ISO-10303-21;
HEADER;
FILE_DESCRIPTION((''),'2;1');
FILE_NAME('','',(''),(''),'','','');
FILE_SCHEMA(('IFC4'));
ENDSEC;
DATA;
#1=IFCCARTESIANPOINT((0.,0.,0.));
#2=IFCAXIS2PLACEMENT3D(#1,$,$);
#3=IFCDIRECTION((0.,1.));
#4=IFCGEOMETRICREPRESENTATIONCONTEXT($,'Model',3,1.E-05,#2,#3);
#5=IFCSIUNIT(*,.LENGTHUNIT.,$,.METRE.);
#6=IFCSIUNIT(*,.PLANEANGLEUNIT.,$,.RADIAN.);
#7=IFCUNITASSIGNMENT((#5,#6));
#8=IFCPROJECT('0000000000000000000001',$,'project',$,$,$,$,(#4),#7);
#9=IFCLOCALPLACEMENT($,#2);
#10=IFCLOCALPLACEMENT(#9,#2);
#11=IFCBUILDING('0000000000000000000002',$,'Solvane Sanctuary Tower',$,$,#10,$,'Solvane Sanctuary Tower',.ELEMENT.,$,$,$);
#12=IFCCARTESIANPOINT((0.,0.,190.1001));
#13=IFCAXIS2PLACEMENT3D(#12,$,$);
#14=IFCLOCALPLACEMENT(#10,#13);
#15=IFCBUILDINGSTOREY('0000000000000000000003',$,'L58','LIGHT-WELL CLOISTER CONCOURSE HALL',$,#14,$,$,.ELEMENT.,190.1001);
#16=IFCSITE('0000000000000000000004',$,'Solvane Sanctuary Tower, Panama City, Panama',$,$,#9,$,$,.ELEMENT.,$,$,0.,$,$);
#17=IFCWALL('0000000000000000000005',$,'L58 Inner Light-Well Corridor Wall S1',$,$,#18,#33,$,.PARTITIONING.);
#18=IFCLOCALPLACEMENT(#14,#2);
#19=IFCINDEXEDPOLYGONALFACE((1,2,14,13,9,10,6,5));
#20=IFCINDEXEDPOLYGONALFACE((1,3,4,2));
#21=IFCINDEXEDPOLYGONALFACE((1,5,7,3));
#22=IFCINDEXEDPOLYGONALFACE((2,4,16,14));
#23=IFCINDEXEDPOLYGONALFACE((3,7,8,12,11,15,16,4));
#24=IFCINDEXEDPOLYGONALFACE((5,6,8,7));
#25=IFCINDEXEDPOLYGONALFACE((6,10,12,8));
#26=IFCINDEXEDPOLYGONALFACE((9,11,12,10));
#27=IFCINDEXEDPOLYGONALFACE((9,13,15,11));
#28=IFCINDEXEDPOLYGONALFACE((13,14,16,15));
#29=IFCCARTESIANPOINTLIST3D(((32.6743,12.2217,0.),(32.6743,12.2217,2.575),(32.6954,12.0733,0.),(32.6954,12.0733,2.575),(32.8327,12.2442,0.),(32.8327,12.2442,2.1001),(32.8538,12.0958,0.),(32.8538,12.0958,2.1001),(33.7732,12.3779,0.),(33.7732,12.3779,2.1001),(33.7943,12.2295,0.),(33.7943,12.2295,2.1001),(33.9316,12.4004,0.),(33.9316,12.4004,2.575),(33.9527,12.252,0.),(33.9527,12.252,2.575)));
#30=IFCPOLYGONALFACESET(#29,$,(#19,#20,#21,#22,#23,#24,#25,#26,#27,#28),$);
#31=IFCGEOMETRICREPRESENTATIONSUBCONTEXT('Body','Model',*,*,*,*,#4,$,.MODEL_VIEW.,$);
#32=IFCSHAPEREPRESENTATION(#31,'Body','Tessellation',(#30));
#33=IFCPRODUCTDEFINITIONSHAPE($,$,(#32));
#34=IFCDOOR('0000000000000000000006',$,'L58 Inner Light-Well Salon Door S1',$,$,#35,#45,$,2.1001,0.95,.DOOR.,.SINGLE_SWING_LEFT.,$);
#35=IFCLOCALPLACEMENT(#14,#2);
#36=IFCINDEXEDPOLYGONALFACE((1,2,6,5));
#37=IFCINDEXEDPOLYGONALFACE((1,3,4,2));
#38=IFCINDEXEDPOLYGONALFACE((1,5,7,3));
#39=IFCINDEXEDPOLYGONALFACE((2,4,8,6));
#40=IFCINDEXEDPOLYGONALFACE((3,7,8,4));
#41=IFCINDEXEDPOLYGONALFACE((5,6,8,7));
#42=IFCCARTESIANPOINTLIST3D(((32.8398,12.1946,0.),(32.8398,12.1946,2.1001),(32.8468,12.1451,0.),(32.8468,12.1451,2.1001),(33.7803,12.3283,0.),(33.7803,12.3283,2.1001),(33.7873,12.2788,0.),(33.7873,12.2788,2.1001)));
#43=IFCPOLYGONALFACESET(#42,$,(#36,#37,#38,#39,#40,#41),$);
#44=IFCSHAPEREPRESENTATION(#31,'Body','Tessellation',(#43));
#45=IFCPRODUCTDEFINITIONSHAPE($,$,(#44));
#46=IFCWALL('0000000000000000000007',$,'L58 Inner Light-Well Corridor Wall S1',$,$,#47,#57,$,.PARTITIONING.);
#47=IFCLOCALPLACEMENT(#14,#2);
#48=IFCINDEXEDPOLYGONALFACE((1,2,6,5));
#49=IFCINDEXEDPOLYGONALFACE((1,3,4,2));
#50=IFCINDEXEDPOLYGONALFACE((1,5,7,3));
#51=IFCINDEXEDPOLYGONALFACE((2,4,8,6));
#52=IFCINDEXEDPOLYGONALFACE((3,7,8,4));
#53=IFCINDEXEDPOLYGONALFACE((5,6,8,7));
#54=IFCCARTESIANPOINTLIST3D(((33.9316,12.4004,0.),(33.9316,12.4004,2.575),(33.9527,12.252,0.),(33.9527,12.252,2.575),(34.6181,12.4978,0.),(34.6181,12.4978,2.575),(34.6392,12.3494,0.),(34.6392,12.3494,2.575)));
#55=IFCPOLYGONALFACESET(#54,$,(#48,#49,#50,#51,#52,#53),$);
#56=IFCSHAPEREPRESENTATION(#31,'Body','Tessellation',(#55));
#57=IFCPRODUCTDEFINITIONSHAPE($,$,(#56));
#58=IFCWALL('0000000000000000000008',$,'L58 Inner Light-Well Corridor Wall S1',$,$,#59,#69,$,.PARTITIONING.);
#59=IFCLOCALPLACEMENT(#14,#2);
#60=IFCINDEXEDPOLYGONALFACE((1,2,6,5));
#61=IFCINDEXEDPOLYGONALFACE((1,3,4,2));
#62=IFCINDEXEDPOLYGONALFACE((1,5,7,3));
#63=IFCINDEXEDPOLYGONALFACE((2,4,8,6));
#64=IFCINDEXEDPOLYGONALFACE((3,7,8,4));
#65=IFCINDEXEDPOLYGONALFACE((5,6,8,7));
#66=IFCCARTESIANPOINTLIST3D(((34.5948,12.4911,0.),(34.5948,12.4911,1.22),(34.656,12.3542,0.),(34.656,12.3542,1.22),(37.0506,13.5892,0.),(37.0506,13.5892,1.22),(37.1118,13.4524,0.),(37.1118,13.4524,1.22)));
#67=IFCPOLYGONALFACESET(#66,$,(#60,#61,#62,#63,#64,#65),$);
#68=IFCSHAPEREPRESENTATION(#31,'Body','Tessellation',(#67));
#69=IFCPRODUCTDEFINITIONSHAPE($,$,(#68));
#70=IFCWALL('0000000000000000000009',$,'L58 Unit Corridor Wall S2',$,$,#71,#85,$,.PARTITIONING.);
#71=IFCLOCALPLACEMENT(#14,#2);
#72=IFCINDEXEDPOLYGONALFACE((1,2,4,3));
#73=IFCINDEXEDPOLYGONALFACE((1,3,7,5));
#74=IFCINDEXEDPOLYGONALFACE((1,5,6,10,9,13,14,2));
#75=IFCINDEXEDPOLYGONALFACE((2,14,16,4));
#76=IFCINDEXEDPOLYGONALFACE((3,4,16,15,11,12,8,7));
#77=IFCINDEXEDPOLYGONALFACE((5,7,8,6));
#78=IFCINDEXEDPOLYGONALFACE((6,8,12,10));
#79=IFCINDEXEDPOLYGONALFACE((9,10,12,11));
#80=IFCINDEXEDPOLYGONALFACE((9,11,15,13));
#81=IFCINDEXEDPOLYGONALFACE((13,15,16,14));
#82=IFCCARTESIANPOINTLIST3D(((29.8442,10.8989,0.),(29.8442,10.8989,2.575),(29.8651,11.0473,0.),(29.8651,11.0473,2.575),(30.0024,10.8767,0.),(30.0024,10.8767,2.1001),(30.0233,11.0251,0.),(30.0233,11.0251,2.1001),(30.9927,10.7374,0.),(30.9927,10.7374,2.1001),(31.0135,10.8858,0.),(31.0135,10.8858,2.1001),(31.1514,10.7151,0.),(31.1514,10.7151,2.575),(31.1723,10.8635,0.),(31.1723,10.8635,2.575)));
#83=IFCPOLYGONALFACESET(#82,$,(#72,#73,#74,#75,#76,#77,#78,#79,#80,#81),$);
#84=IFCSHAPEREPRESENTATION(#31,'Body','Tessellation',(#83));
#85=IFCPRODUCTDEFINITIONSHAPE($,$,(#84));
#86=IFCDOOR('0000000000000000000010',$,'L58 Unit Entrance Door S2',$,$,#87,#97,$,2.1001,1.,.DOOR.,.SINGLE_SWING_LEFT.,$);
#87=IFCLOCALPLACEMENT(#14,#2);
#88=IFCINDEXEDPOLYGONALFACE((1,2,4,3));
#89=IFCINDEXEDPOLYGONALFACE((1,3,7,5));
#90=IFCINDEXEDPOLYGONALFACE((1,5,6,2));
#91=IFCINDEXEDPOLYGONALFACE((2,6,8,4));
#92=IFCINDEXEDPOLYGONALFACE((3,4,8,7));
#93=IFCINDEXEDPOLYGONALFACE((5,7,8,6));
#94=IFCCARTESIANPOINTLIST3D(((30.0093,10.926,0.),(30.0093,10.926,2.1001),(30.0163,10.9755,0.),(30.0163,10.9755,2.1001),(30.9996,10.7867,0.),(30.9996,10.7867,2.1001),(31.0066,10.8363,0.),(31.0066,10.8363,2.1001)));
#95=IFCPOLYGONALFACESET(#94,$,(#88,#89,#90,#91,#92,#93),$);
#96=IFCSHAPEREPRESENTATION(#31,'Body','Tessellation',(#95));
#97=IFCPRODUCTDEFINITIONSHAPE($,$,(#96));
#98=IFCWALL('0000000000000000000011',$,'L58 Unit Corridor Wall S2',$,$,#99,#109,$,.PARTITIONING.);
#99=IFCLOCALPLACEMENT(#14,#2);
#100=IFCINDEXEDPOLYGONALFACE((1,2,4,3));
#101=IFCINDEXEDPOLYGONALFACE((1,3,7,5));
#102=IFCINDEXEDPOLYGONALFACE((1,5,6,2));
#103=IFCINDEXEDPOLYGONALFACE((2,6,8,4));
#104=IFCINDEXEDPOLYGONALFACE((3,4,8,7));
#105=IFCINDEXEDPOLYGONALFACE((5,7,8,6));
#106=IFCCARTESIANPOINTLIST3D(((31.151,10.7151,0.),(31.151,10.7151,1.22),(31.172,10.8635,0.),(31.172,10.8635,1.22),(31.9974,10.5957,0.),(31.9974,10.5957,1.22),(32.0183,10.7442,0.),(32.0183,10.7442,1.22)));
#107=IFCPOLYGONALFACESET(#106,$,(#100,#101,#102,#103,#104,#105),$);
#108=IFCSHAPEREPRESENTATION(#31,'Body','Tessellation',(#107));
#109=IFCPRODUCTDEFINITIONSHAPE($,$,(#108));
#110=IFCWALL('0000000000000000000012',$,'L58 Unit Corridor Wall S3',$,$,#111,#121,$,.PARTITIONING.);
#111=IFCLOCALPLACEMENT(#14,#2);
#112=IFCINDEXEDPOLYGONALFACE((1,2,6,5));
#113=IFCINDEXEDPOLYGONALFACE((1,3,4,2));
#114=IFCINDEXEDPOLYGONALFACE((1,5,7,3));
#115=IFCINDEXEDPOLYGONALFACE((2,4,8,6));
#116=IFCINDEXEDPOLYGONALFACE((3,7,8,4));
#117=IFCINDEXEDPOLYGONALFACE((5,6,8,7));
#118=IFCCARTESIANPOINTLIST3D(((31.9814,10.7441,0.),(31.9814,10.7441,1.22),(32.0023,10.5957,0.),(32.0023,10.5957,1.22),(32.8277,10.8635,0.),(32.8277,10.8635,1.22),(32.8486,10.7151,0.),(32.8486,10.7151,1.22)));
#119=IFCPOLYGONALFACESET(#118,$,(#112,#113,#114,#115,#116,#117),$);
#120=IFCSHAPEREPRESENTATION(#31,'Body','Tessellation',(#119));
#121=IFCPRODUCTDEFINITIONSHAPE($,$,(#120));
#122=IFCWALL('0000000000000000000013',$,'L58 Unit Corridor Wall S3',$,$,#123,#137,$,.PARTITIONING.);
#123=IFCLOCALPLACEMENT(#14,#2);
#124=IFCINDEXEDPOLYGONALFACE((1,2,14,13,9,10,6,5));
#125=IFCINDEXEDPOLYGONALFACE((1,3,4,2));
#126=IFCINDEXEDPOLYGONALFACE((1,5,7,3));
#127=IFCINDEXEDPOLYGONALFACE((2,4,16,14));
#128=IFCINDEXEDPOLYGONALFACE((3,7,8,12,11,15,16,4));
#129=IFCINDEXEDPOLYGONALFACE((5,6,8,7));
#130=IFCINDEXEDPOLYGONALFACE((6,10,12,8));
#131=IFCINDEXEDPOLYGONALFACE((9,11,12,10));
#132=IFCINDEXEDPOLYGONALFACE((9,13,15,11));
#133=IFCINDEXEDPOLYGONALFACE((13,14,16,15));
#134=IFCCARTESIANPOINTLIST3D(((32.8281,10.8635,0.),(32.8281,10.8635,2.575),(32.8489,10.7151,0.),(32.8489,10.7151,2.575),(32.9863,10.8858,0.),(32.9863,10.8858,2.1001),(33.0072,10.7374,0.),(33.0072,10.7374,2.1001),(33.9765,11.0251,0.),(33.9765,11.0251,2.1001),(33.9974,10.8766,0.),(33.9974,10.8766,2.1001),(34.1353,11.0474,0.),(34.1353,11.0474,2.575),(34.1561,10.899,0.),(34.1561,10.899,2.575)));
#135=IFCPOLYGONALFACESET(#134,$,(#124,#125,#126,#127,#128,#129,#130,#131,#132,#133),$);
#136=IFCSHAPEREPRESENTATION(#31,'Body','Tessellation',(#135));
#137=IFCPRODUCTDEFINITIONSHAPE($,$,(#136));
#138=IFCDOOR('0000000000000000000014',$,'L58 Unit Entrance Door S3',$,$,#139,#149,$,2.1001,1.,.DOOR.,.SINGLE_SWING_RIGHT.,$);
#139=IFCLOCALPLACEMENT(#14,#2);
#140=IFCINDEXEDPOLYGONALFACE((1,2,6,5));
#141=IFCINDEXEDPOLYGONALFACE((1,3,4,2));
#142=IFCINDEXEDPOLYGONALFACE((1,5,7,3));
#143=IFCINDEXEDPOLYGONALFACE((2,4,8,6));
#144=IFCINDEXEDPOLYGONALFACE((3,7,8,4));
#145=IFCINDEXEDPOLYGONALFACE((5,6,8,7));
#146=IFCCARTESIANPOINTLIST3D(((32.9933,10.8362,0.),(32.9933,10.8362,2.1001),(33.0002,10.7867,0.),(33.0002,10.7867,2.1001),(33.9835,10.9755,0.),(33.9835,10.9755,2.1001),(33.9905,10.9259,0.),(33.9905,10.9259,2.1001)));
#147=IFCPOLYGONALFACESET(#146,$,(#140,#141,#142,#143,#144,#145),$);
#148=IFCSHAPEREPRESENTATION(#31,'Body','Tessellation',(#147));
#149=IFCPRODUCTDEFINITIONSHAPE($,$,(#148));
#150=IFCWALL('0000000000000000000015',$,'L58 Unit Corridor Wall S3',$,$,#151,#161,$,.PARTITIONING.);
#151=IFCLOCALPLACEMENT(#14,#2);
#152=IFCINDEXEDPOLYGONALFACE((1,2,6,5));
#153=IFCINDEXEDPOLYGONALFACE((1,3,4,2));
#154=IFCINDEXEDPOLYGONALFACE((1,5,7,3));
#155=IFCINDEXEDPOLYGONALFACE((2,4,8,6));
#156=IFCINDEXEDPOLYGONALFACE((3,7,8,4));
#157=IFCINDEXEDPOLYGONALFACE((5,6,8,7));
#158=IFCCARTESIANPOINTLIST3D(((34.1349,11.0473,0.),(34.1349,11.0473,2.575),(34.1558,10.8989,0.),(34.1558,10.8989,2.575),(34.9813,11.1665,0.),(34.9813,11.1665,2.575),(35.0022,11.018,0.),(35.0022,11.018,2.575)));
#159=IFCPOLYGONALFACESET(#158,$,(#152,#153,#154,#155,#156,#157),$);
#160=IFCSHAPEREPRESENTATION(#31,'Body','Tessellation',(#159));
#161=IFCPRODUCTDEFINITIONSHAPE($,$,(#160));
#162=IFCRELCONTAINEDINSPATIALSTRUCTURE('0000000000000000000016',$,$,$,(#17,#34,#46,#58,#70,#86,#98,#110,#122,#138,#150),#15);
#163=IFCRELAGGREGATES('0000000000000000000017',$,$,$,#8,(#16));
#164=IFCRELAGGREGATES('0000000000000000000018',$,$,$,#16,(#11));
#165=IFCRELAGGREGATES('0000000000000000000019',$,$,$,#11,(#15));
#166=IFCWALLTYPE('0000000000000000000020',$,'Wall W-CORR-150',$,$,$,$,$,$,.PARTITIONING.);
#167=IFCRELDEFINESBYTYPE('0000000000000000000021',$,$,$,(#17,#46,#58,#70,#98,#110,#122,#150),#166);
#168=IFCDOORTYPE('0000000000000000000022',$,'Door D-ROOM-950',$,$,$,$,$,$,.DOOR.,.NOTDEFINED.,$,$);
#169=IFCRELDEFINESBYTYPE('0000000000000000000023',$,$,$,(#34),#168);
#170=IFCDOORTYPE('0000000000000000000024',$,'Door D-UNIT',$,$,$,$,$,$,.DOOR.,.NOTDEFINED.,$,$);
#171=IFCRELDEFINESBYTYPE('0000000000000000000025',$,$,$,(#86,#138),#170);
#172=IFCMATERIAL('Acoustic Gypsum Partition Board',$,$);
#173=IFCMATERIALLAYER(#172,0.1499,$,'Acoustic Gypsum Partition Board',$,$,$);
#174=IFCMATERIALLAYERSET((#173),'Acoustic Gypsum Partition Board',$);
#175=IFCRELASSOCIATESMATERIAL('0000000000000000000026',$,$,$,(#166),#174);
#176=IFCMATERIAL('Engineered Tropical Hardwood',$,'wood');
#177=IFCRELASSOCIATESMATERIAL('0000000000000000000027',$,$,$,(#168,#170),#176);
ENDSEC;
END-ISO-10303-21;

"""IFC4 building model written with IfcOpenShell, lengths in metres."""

from ifc_helpers import new_model, si_unit, direction, frame, frame_2d, origin, place, context, subcontext, project, spatial, rectangle, extrude, material, layer, layer_set, type_object, element, fill, save


model = new_model("IFC4")

# Units and contexts
model_context = context("Model", 3, precision=1e-05, world=origin(), true_north=direction((0.0, 1.0)))
body_context = subcontext(model_context, "Body", "Model", "MODEL_VIEW")
ifc_project = project(units=[si_unit("LENGTHUNIT", "METRE"), si_unit("PLANEANGLEUNIT", "RADIAN")], contexts=[model_context])

# Site, building, storey
site_placement = place(None, origin())
site = spatial("IfcSite", under=ifc_project, at=site_placement, Name="Solvane Sanctuary Tower, Panama City, Panama", CompositionType="ELEMENT", RefElevation=0.0)
building_placement = place(site_placement, origin())
building = spatial("IfcBuilding", under=site, at=building_placement, Name="Solvane Sanctuary Tower", LongName="Solvane Sanctuary Tower", CompositionType="ELEMENT")
storey_placement = place(building_placement, frame((0.0, 0.0, 190.1001)))
storey = spatial("IfcBuildingStorey", under=building, at=storey_placement, Name="L58", Description="LIGHT-WELL CLOISTER CONCOURSE HALL", CompositionType="ELEMENT", Elevation=190.1001)

# Shared definitions
ifc_material_1 = material(Name="Acoustic Gypsum Partition Board")
ifc_layer_1 = layer(ifc_material_1, 0.1499, Name="Acoustic Gypsum Partition Board")
ifc_layer_set_1 = layer_set([ifc_layer_1], Name="Acoustic Gypsum Partition Board")
wall_type_1 = type_object("IfcWallType", Name="Wall W-CORR-150", PredefinedType="PARTITIONING", material=ifc_layer_set_1)

# Wall, opening, door
wall_1_placement = place(storey_placement, frame((32.6848, 12.1475, 0.0), z_axis=(0.0, 0.0, 1.0), x_axis=(0.990049, 0.140722, 0.0)))
wall_1 = element("IfcWall", 1, at=wall_1_placement, inside=storey, type_object=wall_type_1, Name="L58 Inner Light-Well Corridor Wall S1", PredefinedType="PARTITIONING", context=body_context, shape_type="SweptSolid", body=[
    extrude(rectangle(XDim=1.27, YDim=0.1499, at=frame_2d((0.635, 0.0))), origin(), (0.0, 0.0, 1.0), 2.575),
])
opening_1_placement = place(wall_1_placement, frame((0.1599, 0.0, 0.0)))
opening_1 = element("IfcOpeningElement", 2, at=opening_1_placement, cuts=wall_1, PredefinedType="OPENING", context=body_context, shape_type="SweptSolid", body=[
    extrude(rectangle(XDim=0.95, YDim=2.1001, at=frame_2d((0.4751, 1.05))), frame((0.0, 0.085, 0.0), z_axis=(0.0, -1.0, 0.0), x_axis=(1.0, 0.0, 0.0)), (0.0, 0.0, 1.0), 0.1699),
])
ifc_material_2 = material(Name="Engineered Tropical Hardwood", Category="wood")
door_type_1 = type_object("IfcDoorType", Name="Door D-ROOM-950", OperationType="NOTDEFINED", PredefinedType="DOOR", material=ifc_material_2)
door_1_placement = place(opening_1_placement, origin())
door_1 = element("IfcDoor", 3, at=door_1_placement, inside=storey, type_object=door_type_1, Name="L58 Inner Light-Well Salon Door S1", OperationType="SINGLE_SWING_LEFT", OverallHeight=2.1001, OverallWidth=0.95, PredefinedType="DOOR", context=body_context, shape_type="SweptSolid", body=[
    extrude(rectangle(XDim=0.95, YDim=2.1001, at=frame_2d((0.4751, 1.05))), frame((0.0, 0.0249, 0.0), z_axis=(0.0, -1.0, 0.0), x_axis=(1.0, 0.0, 0.0)), (0.0, 0.0, 1.0), 0.05),
])
fill(opening_1, door_1)

# Walls
wall_2_placement = place(storey_placement, frame((33.9421, 12.3262, 0.0), z_axis=(0.0, 0.0, 1.0), x_axis=(0.990083, 0.140485, 0.0)))
element("IfcWall", 4, at=wall_2_placement, inside=storey, type_object=wall_type_1, Name="L58 Inner Light-Well Corridor Wall S1", PredefinedType="PARTITIONING", context=body_context, shape_type="SweptSolid", body=[
    extrude(rectangle(XDim=0.6934, YDim=0.1499, at=frame_2d((0.3467, 0.0))), origin(), (0.0, 0.0, 1.0), 2.575),
])
wall_3_placement = place(storey_placement, frame((34.6252, 12.4226, 0.0), z_axis=(0.0, 0.0, 1.0), x_axis=(0.912889, 0.408209, 0.0)))
element("IfcWall", 5, at=wall_3_placement, inside=storey, type_object=wall_type_1, Name="L58 Inner Light-Well Corridor Wall S1", PredefinedType="PARTITIONING", context=body_context, shape_type="SweptSolid", body=[
    extrude(rectangle(XDim=2.6902, YDim=0.1499, at=frame_2d((1.3452, 0.0))), origin(), (0.0, 0.0, 1.0), 1.22),
])

# Wall, opening, door
wall_4_placement = place(storey_placement, frame((29.8545, 10.9731, 0.0), z_axis=(0.0, 0.0, 1.0), x_axis=(0.990254, -0.139272, 0.0)))
wall_4 = element("IfcWall", 6, at=wall_4_placement, inside=storey, type_object=wall_type_1, Name="L58 Unit Corridor Wall S2", PredefinedType="PARTITIONING", context=body_context, shape_type="SweptSolid", body=[
    extrude(rectangle(XDim=1.3201, YDim=0.1499, at=frame_2d((0.6602, 0.0))), origin(), (0.0, 0.0, 1.0), 2.575),
])
opening_2_placement = place(wall_4_placement, frame((0.1599, 0.0, 0.0)))
opening_2 = element("IfcOpeningElement", 7, at=opening_2_placement, cuts=wall_4, PredefinedType="OPENING", context=body_context, shape_type="SweptSolid", body=[
    extrude(rectangle(XDim=1.0, YDim=2.1001, at=frame_2d((0.5, 1.05))), frame((0.0, 0.085, 0.0), z_axis=(0.0, -1.0, 0.0), x_axis=(1.0, 0.0, 0.0)), (0.0, 0.0, 1.0), 0.1699),
])
door_type_2 = type_object("IfcDoorType", Name="Door D-UNIT", OperationType="NOTDEFINED", PredefinedType="DOOR", material=ifc_material_2)
door_2_placement = place(opening_2_placement, origin())
door_2 = element("IfcDoor", 8, at=door_2_placement, inside=storey, type_object=door_type_2, Name="L58 Unit Entrance Door S2", OperationType="SINGLE_SWING_LEFT", OverallHeight=2.1001, OverallWidth=1.0, PredefinedType="DOOR", context=body_context, shape_type="SweptSolid", body=[
    extrude(rectangle(XDim=1.0, YDim=2.1001, at=frame_2d((0.5, 1.05))), frame((0.0, 0.0249, 0.0), z_axis=(0.0, -1.0, 0.0), x_axis=(1.0, 0.0, 0.0)), (0.0, 0.0, 1.0), 0.05),
])
fill(opening_2, door_2)

# Walls
for number, where, z_axis, x_axis, name in (
    (9, (31.1616, 10.7893, 0.0), (0.0, 0.0, 1.0), (0.990199, -0.139662, 0.0), "L58 Unit Corridor Wall S2"),
    (10, (31.9919, 10.6699, 0.0), (0.0, 0.0, 1.0), (0.990199, 0.139662, 0.0), "L58 Unit Corridor Wall S3"),
):
    element("IfcWall", number, at=place(storey_placement, frame(where, z_axis=z_axis, x_axis=x_axis)), inside=storey, type_object=wall_type_1, Name=name, PredefinedType="PARTITIONING", context=body_context, shape_type="SweptSolid", body=[
        extrude(rectangle(XDim=0.8547, YDim=0.1499, at=frame_2d((0.4272, 0.0))), origin(), (0.0, 0.0, 1.0), 1.22),
    ])

# Wall, opening, door
wall_5_placement = place(storey_placement, frame((32.8384, 10.7893, 0.0), z_axis=(0.0, 0.0, 1.0), x_axis=(0.990254, 0.139272, 0.0)))
wall_5 = element("IfcWall", 11, at=wall_5_placement, inside=storey, type_object=wall_type_1, Name="L58 Unit Corridor Wall S3", PredefinedType="PARTITIONING", context=body_context, shape_type="SweptSolid", body=[
    extrude(rectangle(XDim=1.3201, YDim=0.1499, at=frame_2d((0.6602, 0.0))), origin(), (0.0, 0.0, 1.0), 2.575),
])
opening_3_placement = place(wall_5_placement, frame((0.1599, 0.0, 0.0)))
opening_3 = element("IfcOpeningElement", 12, at=opening_3_placement, cuts=wall_5, PredefinedType="OPENING", context=body_context, shape_type="SweptSolid", body=[
    extrude(rectangle(XDim=1.0, YDim=2.1001, at=frame_2d((0.5, 1.05))), frame((0.0, 0.085, 0.0), z_axis=(0.0, -1.0, 0.0), x_axis=(1.0, 0.0, 0.0)), (0.0, 0.0, 1.0), 0.1699),
])
door_3_placement = place(opening_3_placement, origin())
door_3 = element("IfcDoor", 13, at=door_3_placement, inside=storey, type_object=door_type_2, Name="L58 Unit Entrance Door S3", OperationType="SINGLE_SWING_RIGHT", OverallHeight=2.1001, OverallWidth=1.0, PredefinedType="DOOR", context=body_context, shape_type="SweptSolid", body=[
    extrude(rectangle(XDim=1.0, YDim=2.1001, at=frame_2d((0.5, 1.05))), frame((0.0, 0.0249, 0.0), z_axis=(0.0, -1.0, 0.0), x_axis=(1.0, 0.0, 0.0)), (0.0, 0.0, 1.0), 0.05),
])
fill(opening_3, door_3)

# Wall
wall_6_placement = place(storey_placement, frame((34.1455, 10.9731, 0.0), z_axis=(0.0, 0.0, 1.0), x_axis=(0.990239, 0.139382, 0.0)))
element("IfcWall", 14, at=wall_6_placement, inside=storey, type_object=wall_type_1, Name="L58 Unit Corridor Wall S3", PredefinedType="PARTITIONING", context=body_context, shape_type="SweptSolid", body=[
    extrude(rectangle(XDim=0.8547, YDim=0.1499, at=frame_2d((0.4272, 0.0))), origin(), (0.0, 0.0, 1.0), 2.575),
])

save(model, "model.ifc")
